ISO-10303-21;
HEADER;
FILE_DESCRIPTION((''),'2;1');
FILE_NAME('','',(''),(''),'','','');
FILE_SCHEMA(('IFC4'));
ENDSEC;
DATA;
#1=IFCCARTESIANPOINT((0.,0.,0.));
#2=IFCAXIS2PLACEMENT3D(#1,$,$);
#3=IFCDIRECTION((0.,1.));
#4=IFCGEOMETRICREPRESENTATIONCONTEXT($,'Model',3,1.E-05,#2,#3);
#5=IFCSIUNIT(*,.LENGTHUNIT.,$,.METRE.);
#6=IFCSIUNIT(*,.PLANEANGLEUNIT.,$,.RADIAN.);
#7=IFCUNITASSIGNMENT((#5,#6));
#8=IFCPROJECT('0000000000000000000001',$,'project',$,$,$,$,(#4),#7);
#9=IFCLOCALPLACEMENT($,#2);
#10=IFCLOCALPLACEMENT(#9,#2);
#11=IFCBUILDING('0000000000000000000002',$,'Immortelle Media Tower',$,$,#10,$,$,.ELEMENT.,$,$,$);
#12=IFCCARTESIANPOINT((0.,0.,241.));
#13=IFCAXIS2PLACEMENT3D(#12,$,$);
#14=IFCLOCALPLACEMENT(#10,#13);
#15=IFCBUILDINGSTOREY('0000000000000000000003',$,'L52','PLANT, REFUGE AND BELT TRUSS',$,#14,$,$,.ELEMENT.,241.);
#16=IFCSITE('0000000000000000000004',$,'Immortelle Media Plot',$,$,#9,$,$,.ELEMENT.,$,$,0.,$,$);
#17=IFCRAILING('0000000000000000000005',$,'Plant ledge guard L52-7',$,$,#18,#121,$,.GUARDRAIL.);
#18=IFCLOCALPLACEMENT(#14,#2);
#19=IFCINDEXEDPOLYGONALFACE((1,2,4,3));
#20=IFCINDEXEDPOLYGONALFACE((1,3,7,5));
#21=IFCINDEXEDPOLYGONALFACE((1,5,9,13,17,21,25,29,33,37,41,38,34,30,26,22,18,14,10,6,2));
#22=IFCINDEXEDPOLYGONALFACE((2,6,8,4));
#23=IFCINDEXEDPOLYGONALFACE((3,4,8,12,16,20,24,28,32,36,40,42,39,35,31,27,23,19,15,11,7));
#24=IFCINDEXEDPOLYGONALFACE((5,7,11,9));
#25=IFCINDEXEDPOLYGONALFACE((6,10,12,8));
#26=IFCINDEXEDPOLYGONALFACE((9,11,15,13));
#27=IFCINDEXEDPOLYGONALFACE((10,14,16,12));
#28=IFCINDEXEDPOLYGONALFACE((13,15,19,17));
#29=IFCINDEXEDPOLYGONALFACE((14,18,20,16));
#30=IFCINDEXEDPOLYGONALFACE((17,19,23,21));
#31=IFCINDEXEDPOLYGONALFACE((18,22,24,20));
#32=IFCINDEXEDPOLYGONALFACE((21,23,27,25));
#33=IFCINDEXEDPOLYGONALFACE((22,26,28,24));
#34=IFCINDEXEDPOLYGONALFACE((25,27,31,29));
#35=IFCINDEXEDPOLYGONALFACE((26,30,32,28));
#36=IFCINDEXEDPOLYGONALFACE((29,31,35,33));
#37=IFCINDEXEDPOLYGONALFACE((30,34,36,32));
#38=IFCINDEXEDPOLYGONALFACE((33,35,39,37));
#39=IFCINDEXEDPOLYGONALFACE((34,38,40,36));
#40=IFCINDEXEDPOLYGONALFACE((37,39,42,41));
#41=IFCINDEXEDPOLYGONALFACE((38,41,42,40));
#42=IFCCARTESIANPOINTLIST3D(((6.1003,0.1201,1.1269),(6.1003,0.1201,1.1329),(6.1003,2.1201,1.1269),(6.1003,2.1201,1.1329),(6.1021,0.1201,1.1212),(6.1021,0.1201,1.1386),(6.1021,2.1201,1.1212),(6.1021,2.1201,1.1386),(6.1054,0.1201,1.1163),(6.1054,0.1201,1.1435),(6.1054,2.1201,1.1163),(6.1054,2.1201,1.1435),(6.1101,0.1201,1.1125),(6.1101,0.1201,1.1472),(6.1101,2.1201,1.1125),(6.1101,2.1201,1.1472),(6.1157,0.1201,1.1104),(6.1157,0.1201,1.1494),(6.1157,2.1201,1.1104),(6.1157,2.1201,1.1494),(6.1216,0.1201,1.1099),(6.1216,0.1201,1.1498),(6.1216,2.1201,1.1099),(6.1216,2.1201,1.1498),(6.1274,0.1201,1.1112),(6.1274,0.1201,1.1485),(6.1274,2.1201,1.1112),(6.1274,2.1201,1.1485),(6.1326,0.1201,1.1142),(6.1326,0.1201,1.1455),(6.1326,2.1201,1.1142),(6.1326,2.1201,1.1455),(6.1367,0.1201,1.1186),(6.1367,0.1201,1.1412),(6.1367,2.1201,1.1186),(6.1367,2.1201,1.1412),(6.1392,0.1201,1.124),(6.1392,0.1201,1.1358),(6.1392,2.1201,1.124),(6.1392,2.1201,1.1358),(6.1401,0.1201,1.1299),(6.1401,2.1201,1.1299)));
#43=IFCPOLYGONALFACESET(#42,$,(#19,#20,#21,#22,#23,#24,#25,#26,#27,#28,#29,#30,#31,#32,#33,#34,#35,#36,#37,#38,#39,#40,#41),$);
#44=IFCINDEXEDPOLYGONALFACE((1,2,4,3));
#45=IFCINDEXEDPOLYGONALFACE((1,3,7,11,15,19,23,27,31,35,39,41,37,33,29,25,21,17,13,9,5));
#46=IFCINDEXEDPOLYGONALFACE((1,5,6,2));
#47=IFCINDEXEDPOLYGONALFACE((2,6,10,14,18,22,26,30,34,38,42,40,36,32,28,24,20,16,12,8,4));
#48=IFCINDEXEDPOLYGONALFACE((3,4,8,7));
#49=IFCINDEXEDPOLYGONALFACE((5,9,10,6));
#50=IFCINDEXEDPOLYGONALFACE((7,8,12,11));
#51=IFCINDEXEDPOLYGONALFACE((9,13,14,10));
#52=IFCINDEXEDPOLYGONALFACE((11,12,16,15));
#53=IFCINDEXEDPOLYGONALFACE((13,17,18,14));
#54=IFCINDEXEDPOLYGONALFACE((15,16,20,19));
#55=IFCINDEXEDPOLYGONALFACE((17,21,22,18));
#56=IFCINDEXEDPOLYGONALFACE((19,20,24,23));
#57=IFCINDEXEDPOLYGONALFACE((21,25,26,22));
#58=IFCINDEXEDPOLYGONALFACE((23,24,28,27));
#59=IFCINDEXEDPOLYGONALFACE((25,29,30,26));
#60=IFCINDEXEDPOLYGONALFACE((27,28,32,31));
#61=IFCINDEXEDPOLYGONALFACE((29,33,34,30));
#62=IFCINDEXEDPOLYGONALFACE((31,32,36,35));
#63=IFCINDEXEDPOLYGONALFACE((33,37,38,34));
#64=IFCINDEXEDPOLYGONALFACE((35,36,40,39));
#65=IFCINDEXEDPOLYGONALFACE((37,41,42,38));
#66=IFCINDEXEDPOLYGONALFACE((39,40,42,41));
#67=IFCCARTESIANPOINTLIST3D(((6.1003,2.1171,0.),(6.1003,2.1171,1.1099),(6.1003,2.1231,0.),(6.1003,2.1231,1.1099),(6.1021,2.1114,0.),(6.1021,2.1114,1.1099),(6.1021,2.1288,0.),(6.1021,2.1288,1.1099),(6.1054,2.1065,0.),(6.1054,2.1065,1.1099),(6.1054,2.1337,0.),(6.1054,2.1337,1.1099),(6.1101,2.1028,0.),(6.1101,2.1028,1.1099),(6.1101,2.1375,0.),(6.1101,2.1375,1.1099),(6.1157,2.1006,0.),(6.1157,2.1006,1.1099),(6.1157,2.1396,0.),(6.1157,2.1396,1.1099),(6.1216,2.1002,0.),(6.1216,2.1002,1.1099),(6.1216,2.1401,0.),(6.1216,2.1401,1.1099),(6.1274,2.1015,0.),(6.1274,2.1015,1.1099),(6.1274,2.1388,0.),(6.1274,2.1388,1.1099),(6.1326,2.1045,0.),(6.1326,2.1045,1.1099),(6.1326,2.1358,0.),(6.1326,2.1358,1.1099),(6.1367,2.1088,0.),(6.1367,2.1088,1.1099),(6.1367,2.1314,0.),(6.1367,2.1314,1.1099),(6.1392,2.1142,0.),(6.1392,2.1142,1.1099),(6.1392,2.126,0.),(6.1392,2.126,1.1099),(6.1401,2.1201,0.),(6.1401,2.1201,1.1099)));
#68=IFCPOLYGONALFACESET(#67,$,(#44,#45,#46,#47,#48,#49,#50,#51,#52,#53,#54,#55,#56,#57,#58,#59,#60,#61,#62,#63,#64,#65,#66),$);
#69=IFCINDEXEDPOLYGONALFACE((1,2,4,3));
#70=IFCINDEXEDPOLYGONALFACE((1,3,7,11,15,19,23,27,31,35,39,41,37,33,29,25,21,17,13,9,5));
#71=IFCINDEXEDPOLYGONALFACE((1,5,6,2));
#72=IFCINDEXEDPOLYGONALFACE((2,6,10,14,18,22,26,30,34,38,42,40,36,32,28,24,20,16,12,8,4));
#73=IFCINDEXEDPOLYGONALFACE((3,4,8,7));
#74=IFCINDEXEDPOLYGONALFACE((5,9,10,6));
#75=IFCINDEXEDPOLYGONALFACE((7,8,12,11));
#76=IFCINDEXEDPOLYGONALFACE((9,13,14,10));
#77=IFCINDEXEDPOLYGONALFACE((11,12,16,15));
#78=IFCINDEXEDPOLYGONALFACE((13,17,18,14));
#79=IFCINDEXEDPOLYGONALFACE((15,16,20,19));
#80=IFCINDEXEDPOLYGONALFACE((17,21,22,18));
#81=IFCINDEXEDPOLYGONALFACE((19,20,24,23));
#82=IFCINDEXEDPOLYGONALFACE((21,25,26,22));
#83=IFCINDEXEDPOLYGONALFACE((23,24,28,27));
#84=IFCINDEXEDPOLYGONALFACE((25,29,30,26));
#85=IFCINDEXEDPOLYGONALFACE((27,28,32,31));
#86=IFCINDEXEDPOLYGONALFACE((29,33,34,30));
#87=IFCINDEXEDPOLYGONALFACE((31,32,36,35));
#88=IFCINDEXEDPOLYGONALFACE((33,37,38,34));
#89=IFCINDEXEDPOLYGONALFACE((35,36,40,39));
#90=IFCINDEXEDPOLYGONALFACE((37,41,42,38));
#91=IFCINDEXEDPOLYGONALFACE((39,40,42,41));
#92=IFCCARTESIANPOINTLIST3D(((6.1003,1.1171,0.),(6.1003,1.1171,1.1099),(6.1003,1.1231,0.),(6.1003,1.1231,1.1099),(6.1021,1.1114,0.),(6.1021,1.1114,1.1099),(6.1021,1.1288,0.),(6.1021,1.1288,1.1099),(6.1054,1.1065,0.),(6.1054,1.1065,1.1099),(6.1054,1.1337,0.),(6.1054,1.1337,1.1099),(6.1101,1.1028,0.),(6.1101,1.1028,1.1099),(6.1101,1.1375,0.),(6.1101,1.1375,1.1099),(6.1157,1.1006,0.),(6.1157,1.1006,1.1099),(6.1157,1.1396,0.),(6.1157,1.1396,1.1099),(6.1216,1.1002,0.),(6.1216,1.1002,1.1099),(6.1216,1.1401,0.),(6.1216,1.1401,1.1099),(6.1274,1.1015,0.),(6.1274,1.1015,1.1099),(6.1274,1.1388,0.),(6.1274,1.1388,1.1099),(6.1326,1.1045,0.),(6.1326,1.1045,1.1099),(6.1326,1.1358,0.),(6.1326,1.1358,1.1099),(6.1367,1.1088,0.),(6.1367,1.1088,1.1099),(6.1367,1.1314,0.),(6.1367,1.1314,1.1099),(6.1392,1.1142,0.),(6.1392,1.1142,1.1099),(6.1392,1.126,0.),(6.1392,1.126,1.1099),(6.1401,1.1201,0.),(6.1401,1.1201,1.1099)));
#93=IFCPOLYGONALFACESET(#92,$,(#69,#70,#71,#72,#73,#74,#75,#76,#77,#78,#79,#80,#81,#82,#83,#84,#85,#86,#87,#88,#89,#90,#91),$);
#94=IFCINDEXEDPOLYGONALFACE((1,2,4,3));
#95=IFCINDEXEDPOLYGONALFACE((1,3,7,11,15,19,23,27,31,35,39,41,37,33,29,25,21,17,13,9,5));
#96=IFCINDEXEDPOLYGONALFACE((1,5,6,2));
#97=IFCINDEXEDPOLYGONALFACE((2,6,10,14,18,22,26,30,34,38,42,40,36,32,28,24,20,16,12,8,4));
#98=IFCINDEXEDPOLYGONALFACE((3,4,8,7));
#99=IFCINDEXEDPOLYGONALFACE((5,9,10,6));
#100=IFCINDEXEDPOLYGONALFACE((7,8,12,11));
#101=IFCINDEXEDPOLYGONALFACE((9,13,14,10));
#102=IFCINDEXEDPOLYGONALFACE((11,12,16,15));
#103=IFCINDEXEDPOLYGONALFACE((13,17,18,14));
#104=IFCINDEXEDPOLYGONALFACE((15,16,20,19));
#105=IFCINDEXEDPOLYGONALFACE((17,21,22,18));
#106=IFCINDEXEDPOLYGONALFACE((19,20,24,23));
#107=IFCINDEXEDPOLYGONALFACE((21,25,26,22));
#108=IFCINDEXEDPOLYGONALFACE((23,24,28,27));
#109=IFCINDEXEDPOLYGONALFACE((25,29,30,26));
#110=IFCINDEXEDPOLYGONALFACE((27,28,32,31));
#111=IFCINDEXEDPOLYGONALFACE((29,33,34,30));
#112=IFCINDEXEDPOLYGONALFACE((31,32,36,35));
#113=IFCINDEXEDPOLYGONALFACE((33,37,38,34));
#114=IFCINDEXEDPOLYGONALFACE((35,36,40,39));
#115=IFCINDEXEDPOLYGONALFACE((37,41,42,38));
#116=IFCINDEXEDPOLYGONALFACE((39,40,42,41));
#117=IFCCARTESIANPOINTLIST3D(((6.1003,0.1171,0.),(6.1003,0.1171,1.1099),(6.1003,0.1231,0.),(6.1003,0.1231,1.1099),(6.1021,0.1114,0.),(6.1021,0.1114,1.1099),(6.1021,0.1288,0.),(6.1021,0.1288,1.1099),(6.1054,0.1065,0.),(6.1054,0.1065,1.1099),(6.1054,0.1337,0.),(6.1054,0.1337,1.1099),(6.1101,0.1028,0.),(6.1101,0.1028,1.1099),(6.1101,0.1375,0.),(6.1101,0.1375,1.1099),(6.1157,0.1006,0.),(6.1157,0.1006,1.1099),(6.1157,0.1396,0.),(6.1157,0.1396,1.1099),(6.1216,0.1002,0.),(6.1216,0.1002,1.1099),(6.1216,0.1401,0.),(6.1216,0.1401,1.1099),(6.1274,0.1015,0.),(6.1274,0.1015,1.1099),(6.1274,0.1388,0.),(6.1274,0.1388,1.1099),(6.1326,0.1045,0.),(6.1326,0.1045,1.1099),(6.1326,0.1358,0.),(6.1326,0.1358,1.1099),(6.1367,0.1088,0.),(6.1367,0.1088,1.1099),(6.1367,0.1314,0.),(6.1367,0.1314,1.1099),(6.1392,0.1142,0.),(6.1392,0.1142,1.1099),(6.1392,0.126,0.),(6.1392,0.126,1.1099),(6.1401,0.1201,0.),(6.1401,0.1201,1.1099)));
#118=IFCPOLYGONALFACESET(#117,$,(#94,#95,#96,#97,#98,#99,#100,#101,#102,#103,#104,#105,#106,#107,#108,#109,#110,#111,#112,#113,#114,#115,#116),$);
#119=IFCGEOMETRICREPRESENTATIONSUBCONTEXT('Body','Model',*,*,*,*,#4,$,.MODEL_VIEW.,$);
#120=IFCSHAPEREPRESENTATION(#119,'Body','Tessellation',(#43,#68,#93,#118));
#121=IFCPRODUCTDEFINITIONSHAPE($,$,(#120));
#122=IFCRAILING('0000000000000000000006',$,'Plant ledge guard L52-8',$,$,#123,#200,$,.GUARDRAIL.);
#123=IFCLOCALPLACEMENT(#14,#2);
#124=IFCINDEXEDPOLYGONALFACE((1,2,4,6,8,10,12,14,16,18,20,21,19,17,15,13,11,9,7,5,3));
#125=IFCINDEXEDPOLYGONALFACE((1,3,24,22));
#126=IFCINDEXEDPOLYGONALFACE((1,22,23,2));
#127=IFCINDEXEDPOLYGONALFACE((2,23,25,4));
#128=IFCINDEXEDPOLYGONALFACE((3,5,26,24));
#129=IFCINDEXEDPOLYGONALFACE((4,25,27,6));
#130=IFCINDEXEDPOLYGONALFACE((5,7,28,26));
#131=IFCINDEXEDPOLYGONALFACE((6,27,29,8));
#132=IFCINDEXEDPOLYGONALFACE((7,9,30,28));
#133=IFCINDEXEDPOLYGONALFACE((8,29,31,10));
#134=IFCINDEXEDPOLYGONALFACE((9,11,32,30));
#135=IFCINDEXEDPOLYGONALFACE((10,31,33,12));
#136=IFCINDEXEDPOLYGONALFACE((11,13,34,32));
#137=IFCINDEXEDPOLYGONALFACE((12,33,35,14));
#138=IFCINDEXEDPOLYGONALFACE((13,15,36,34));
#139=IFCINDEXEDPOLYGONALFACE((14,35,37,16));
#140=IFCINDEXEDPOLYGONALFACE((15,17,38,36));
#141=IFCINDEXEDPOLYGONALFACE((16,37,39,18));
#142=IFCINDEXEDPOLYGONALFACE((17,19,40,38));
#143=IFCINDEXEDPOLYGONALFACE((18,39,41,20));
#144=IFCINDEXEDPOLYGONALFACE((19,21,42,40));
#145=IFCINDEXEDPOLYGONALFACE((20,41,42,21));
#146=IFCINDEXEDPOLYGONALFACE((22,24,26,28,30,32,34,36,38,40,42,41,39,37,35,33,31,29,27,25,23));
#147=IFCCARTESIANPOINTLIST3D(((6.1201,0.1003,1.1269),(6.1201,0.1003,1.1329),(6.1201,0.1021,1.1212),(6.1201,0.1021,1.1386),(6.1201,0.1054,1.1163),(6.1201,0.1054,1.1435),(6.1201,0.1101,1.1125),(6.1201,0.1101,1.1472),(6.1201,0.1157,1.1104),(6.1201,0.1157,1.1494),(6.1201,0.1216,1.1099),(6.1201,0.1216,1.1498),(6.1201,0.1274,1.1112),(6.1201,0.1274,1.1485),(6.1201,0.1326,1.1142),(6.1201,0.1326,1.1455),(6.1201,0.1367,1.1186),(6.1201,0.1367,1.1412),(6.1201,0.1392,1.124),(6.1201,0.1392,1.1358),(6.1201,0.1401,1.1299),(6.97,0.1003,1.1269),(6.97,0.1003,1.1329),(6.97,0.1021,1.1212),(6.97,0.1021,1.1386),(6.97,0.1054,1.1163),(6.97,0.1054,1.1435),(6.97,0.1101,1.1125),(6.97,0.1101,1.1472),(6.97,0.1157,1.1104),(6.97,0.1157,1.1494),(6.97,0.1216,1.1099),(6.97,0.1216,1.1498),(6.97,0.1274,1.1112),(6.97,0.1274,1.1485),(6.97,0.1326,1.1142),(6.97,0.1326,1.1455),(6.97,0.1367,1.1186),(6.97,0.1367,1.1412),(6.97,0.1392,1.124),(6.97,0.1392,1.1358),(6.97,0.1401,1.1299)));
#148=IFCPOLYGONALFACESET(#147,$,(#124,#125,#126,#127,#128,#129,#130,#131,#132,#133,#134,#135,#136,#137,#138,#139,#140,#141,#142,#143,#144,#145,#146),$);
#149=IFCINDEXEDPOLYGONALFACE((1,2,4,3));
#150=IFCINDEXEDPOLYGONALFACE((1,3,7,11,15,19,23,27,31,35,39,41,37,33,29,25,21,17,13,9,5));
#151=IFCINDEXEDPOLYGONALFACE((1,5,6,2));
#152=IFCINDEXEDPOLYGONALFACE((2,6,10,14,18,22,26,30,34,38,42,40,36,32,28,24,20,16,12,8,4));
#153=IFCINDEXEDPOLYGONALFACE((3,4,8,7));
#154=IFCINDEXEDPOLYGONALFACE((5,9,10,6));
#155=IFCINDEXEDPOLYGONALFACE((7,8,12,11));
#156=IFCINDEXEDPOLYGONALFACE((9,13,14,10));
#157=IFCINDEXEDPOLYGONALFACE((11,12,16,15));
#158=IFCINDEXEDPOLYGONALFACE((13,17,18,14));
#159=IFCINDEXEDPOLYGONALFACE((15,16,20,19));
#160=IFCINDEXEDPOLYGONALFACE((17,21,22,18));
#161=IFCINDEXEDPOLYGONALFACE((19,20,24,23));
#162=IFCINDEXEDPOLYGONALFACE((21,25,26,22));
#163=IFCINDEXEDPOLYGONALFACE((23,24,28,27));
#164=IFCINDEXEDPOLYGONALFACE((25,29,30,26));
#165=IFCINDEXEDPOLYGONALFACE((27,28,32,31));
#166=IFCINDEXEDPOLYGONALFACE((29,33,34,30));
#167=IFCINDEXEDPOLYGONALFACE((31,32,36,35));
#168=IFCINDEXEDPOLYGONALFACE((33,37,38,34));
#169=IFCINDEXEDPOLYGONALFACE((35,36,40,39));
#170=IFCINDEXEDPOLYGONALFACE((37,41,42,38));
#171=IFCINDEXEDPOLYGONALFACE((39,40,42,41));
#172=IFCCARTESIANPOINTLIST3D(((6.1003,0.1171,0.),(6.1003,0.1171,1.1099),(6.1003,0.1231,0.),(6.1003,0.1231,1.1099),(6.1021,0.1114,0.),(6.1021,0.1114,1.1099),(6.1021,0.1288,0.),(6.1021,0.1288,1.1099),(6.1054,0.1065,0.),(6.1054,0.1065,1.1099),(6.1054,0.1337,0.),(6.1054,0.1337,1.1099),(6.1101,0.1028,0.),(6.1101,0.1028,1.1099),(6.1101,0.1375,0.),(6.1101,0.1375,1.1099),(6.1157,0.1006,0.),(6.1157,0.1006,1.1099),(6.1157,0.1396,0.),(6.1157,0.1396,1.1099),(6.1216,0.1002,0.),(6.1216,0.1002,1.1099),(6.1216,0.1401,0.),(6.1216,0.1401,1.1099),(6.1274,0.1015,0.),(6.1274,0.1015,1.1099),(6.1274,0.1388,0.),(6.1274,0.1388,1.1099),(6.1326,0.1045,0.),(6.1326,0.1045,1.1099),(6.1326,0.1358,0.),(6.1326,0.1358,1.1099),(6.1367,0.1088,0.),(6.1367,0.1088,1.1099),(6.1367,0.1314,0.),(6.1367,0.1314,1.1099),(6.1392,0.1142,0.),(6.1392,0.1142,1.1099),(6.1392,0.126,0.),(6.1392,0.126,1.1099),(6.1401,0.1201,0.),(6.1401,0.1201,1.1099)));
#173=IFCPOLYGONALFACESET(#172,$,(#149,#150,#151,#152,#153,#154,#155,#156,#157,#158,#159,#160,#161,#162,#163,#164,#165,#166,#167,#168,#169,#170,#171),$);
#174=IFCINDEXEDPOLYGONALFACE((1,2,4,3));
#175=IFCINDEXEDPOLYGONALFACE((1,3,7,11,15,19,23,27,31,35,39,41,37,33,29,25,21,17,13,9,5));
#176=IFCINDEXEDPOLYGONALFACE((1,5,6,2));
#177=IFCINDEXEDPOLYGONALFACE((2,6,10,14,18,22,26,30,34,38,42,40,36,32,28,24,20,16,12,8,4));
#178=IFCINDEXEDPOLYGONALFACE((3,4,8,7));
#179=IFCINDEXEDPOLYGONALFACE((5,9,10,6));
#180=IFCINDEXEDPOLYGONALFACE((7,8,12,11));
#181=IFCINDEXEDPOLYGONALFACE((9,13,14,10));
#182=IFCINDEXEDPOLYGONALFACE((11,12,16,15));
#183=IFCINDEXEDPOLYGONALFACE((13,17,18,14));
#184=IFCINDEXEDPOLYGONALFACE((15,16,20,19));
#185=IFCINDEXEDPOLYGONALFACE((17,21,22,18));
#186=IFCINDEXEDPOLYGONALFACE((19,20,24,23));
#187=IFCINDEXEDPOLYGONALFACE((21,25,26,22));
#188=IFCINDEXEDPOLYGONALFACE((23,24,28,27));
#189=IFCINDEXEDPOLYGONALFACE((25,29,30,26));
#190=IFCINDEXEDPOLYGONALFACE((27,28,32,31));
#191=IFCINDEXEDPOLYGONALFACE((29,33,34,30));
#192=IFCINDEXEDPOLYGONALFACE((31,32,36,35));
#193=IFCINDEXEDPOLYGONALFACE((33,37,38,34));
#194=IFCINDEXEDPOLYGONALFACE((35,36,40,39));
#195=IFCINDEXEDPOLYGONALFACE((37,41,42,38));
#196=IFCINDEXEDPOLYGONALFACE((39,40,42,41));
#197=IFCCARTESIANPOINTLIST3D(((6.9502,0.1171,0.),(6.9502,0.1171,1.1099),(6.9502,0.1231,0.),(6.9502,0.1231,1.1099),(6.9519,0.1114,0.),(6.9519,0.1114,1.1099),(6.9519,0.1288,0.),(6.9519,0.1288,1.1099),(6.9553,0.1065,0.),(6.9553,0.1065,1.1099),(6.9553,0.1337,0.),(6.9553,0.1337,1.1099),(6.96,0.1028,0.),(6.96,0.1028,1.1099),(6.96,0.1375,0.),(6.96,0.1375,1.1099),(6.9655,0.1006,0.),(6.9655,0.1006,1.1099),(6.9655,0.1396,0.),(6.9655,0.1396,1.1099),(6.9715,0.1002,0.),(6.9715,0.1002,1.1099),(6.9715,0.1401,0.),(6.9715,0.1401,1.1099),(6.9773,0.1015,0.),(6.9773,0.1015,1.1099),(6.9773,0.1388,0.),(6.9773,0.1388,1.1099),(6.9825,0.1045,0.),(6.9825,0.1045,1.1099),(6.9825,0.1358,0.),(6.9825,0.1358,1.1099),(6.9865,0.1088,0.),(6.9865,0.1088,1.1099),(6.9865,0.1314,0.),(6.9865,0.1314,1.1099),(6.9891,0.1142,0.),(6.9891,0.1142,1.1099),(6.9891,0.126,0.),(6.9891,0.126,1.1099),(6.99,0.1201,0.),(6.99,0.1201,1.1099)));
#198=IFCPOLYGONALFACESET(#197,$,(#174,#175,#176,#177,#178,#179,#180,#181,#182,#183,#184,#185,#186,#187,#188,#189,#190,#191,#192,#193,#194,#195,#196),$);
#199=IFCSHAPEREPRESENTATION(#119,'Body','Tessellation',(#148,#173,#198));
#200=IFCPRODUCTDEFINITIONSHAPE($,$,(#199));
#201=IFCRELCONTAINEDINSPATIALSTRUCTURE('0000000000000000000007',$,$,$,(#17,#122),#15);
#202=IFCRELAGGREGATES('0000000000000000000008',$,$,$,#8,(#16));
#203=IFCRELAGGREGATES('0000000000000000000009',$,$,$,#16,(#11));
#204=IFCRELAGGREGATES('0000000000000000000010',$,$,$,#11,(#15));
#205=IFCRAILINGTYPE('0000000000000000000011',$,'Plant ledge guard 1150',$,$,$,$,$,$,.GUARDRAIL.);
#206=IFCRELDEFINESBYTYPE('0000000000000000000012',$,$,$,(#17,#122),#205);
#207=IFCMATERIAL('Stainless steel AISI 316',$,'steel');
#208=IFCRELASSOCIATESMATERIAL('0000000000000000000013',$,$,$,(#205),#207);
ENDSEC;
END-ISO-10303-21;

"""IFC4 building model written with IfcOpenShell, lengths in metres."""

from ifc_helpers import new_model, si_unit, direction, frame, origin, origin_2d, place, context, subcontext, project, spatial, circle, extrude, material, type_object, element, save


model = new_model("IFC4")

# Units and contexts
model_context = context("Model", 3, precision=1e-05, world=origin(), true_north=direction((0.0, 1.0)))
body_context = subcontext(model_context, "Body", "Model", "MODEL_VIEW")
ifc_project = project(units=[si_unit("LENGTHUNIT", "METRE"), si_unit("PLANEANGLEUNIT", "RADIAN")], contexts=[model_context])

# Site, building, storey
site_placement = place(None, origin())
site = spatial("IfcSite", under=ifc_project, at=site_placement, Name="Immortelle Media Plot", CompositionType="ELEMENT", RefElevation=0.0)
building_placement = place(site_placement, origin())
building = spatial("IfcBuilding", under=site, at=building_placement, Name="Immortelle Media Tower", CompositionType="ELEMENT")
storey_placement = place(building_placement, frame((0.0, 0.0, 241.0)))
storey = spatial("IfcBuildingStorey", under=building, at=storey_placement, Name="L52", Description="PLANT, REFUGE AND BELT TRUSS", CompositionType="ELEMENT", Elevation=241.0)

# Railings
ifc_material_1 = material(Name="Stainless steel AISI 316", Category="steel")
railing_type = type_object("IfcRailingType", Name="Plant ledge guard 1150", PredefinedType="GUARDRAIL", material=ifc_material_1)
railing_1_placement = place(storey_placement, frame((6.1201, 2.1201, 0.0)))
element("IfcRailing", 1, at=railing_1_placement, inside=storey, type_object=railing_type, Name="Plant ledge guard L52-7", PredefinedType="GUARDRAIL", context=body_context, shape_type="SweptSolid", body=[
    extrude(circle(Radius=0.02, at=origin_2d()), frame((0.0, 0.0, 1.1299), z_axis=(0.0, -1.0, 0.0), x_axis=(1.0, 0.0, 0.0)), (0.0, 0.0, 1.0), 2.0),
    extrude(circle(Radius=0.02, at=origin_2d()), origin(), (0.0, 0.0, 1.0), 1.1099),
    extrude(circle(Radius=0.02, at=origin_2d()), frame((0.0, -1.0, 0.0)), (0.0, 0.0, 1.0), 1.1099),
    extrude(circle(Radius=0.02, at=origin_2d()), frame((0.0, -2.0, 0.0)), (0.0, 0.0, 1.0), 1.1099),
])
railing_2_placement = place(storey_placement, frame((6.1201, 0.1201, 0.0)))
element("IfcRailing", 2, at=railing_2_placement, inside=storey, type_object=railing_type, Name="Plant ledge guard L52-8", PredefinedType="GUARDRAIL", context=body_context, shape_type="SweptSolid", body=[
    extrude(circle(Radius=0.02, at=origin_2d()), frame((0.0, 0.0, 1.1299), z_axis=(1.0, 0.0, 0.0), x_axis=(0.0, 1.0, 0.0)), (0.0, 0.0, 1.0), 0.8499),
    extrude(circle(Radius=0.02, at=origin_2d()), origin(), (0.0, 0.0, 1.0), 1.1099),
    extrude(circle(Radius=0.02, at=origin_2d()), frame((0.8499, 0.0, 0.0)), (0.0, 0.0, 1.0), 1.1099),
])

save(model, "model.ifc")
